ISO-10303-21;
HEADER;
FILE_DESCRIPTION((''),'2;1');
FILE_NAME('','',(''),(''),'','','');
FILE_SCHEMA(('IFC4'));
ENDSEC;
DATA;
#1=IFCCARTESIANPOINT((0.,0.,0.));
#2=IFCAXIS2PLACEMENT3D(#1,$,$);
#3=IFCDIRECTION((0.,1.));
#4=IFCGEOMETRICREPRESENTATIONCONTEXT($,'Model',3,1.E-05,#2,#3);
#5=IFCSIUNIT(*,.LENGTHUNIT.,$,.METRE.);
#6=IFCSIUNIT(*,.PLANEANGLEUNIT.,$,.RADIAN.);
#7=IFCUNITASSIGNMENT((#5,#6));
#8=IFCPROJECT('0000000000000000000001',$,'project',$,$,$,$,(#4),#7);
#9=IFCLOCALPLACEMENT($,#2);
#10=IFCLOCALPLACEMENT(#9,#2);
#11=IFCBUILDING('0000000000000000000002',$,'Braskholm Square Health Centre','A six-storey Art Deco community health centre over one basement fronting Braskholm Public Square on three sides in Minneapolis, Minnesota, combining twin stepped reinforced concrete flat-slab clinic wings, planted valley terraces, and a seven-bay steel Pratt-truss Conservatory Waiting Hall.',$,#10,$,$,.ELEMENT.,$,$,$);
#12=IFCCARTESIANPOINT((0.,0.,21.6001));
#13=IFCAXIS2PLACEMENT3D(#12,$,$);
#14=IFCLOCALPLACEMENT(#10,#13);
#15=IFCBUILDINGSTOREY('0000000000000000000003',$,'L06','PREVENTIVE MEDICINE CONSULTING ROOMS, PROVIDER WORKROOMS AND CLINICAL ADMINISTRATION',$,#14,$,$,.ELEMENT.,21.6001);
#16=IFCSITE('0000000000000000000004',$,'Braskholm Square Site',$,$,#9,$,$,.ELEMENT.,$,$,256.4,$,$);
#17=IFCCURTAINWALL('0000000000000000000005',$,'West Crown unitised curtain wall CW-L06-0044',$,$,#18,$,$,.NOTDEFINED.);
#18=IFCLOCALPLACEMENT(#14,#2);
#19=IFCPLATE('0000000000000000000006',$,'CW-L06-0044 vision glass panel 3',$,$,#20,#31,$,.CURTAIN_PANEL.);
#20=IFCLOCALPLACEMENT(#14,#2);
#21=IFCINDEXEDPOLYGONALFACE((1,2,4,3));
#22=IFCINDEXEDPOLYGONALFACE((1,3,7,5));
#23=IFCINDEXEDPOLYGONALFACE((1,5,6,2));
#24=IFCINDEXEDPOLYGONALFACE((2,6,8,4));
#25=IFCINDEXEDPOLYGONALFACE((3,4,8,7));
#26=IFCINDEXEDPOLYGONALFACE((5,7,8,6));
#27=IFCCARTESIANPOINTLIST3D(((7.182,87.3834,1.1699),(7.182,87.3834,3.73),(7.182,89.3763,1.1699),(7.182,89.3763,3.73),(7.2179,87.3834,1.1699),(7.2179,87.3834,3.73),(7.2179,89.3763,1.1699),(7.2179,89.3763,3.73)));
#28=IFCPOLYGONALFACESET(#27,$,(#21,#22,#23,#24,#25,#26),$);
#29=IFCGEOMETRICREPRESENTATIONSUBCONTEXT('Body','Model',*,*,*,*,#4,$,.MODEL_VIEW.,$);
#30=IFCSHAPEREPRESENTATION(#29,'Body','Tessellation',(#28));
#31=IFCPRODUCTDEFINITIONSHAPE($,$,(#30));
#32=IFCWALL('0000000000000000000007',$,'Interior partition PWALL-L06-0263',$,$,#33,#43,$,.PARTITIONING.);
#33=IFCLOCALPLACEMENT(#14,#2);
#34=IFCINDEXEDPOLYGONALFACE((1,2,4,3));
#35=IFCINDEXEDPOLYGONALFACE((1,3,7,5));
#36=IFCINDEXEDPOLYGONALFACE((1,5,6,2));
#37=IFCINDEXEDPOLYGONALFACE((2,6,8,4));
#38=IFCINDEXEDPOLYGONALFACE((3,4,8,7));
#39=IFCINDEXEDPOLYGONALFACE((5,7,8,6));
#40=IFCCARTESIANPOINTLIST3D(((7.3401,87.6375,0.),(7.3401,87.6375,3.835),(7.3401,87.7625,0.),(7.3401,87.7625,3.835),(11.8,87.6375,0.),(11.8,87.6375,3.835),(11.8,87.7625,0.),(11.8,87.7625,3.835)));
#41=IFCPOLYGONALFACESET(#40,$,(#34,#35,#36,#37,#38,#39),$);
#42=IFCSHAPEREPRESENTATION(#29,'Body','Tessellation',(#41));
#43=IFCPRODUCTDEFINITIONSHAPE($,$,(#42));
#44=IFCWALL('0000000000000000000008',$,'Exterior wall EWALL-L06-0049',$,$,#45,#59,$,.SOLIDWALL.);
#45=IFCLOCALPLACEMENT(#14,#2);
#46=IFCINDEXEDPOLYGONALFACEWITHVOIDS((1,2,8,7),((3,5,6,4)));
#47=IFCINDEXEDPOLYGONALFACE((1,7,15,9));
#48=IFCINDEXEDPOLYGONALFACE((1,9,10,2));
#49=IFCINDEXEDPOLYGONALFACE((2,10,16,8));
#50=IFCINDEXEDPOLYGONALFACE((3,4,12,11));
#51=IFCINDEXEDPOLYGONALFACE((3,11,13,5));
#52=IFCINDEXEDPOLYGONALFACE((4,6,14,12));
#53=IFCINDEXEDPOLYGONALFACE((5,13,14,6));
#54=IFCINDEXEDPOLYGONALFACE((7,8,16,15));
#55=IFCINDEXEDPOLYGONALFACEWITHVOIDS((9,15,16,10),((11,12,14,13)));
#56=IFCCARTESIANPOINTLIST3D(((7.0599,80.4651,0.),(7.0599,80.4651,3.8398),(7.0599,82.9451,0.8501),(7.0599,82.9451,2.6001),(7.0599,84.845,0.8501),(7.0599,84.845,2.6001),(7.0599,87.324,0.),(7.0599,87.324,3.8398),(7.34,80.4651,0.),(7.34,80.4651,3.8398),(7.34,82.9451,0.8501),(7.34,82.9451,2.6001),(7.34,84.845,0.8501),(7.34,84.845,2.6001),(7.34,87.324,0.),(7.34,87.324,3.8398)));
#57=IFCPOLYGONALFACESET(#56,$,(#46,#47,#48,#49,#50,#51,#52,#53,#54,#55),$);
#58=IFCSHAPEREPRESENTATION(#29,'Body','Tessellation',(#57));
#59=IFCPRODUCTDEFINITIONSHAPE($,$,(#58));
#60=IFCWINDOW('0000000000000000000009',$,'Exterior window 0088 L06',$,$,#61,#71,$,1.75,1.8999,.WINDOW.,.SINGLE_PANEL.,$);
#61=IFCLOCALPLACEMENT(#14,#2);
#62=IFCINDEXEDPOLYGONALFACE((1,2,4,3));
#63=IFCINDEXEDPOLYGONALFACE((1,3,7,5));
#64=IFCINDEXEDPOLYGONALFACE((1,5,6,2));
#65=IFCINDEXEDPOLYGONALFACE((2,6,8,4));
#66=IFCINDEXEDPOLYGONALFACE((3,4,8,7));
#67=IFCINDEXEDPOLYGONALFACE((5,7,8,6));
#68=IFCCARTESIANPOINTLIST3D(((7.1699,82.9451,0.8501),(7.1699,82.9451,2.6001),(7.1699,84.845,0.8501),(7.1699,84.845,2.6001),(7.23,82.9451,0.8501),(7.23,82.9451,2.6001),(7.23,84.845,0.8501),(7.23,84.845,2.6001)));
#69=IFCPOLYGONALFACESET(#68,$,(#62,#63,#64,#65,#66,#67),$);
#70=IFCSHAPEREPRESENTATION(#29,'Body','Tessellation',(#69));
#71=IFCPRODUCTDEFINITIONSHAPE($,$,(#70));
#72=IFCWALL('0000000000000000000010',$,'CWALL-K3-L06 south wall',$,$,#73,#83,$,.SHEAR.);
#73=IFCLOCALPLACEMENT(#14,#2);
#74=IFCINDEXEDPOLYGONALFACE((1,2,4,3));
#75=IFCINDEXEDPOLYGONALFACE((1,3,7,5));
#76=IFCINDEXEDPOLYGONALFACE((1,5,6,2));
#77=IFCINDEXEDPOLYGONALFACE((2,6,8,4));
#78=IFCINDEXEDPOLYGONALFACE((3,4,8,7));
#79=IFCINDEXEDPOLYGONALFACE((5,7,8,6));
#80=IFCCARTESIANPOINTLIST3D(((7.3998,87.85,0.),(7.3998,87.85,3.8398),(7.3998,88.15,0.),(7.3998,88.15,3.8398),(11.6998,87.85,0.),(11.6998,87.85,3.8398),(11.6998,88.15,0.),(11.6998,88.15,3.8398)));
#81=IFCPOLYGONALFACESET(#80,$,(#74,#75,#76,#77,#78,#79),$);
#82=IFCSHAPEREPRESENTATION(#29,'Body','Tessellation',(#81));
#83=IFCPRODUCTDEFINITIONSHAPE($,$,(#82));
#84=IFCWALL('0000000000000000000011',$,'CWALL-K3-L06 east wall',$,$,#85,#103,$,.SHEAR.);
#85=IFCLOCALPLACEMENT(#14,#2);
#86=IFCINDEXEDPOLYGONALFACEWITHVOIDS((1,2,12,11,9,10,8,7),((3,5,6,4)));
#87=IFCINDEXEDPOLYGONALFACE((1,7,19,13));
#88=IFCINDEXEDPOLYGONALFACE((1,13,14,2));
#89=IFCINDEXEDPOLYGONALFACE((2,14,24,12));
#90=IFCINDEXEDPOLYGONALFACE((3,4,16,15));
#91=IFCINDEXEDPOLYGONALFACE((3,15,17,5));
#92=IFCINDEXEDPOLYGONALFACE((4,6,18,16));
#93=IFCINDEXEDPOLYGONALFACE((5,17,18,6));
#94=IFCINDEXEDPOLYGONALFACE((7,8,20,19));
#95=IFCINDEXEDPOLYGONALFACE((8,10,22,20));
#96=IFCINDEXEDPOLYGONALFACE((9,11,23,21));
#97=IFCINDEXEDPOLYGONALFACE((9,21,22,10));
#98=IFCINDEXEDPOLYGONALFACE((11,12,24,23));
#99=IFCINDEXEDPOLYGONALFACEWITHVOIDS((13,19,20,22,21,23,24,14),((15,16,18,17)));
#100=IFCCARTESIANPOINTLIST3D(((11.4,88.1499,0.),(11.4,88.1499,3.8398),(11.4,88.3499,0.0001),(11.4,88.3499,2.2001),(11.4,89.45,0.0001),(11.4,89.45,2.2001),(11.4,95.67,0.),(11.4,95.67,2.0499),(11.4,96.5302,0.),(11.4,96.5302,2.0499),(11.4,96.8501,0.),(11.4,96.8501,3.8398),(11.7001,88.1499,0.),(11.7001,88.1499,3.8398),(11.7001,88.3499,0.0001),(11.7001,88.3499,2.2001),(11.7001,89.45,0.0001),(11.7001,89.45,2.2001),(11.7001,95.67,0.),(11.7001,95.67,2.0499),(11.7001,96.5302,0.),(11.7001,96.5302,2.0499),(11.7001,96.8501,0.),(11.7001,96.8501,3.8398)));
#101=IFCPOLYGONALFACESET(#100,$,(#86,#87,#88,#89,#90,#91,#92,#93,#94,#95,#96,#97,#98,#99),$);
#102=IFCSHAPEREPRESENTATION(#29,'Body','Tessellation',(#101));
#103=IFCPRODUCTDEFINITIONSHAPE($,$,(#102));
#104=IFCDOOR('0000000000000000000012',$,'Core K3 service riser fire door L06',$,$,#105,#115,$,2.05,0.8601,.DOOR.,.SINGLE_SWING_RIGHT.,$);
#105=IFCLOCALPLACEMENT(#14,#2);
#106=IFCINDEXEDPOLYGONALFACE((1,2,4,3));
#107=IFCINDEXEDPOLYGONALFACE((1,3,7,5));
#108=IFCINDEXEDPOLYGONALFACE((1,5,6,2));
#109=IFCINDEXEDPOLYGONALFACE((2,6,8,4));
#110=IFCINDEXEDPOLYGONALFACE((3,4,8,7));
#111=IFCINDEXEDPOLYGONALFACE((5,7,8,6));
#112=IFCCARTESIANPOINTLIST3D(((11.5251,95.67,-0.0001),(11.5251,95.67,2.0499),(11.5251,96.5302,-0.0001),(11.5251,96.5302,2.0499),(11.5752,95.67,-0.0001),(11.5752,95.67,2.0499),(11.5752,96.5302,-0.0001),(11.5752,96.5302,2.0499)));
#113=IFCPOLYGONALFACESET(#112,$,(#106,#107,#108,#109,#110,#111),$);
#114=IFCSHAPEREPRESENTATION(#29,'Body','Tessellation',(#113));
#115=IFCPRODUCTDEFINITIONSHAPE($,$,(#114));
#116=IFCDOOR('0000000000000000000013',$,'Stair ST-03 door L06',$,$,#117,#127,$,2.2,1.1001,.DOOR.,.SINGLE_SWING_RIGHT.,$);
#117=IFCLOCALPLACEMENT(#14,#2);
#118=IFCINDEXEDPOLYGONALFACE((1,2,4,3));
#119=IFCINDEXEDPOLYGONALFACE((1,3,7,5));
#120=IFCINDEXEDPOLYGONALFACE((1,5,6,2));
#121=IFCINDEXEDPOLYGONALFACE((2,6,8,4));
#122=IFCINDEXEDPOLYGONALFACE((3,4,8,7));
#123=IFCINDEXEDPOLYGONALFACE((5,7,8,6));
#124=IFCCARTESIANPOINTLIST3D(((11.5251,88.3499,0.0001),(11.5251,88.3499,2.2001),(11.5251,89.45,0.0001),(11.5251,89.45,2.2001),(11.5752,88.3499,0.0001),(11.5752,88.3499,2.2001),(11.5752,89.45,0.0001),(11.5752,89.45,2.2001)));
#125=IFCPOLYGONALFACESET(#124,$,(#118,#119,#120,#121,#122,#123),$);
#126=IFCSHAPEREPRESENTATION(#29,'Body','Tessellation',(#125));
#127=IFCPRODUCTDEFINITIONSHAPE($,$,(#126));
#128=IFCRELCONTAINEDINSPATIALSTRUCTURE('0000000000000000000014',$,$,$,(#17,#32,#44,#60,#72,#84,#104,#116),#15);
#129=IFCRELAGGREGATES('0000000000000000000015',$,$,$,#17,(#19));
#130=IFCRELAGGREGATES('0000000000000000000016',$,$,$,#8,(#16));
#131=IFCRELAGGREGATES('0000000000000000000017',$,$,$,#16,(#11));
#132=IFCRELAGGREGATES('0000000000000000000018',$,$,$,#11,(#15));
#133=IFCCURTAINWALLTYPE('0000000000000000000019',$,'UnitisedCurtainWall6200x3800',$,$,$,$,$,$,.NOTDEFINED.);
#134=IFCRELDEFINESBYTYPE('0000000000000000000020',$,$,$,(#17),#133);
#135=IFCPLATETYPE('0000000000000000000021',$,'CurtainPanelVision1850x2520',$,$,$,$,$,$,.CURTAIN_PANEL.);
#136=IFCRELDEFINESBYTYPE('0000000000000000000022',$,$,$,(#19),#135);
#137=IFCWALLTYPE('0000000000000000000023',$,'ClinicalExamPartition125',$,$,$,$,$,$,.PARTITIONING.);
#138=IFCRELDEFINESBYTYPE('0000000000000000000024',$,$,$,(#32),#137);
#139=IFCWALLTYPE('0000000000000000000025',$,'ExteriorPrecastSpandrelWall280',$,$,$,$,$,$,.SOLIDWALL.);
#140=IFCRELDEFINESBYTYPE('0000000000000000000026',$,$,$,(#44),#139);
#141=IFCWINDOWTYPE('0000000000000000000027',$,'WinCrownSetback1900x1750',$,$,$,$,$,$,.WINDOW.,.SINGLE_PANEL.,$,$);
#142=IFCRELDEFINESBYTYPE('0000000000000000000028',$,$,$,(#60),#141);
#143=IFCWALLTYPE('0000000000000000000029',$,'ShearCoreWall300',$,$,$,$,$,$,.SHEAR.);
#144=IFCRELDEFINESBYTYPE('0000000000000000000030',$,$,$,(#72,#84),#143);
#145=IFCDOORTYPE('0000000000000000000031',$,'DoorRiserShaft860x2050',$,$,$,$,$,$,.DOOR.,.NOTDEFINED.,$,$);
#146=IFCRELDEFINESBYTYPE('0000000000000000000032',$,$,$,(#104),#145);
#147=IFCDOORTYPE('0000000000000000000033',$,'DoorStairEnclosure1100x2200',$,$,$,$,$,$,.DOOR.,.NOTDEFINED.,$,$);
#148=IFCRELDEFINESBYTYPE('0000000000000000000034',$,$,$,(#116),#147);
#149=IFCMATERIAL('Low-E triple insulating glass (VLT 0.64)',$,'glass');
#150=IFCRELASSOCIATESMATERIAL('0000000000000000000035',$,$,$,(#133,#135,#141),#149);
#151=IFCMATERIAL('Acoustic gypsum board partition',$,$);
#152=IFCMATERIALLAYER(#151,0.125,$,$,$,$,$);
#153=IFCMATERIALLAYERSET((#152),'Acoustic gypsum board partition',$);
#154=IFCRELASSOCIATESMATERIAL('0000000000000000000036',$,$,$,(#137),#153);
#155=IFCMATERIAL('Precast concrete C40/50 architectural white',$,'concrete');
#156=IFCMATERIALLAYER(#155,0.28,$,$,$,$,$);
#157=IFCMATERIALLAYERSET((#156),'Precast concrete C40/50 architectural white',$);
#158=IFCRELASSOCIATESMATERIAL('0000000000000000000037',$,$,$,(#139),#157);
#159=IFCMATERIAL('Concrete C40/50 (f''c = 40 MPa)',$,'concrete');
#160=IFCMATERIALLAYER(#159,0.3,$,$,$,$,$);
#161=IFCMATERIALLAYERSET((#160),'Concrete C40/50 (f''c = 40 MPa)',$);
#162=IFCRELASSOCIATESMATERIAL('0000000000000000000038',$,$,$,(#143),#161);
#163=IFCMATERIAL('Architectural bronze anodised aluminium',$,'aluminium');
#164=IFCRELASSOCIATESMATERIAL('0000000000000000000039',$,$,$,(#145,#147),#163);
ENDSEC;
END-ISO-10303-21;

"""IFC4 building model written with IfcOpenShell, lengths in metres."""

from ifc_helpers import new_model, si_unit, direction, frame, frame_2d, origin, origin_with_axes, origin_2d, place, context, subcontext, project, spatial, rectangle, extrude, material, layer, layer_set, type_object, element, fill, aggregate, save


model = new_model("IFC4")

# Units and contexts
model_context = context("Model", 3, precision=1e-05, world=origin(), true_north=direction((0.0, 1.0)))
body_context = subcontext(model_context, "Body", "Model", "MODEL_VIEW")
ifc_project = project(units=[si_unit("LENGTHUNIT", "METRE"), si_unit("PLANEANGLEUNIT", "RADIAN")], contexts=[model_context])

# Site, building, storey
site_placement = place(None, origin())
site = spatial("IfcSite", under=ifc_project, at=site_placement, Name="Braskholm Square Site", CompositionType="ELEMENT", RefElevation=256.4)
building_placement = place(site_placement, origin())
building = spatial("IfcBuilding", under=site, at=building_placement, Name="Braskholm Square Health Centre", Description="A six-storey Art Deco community health centre over one basement fronting Braskholm Public Square on three sides in Minneapolis, Minnesota, combining twin stepped reinforced concrete flat-slab clinic wings, planted valley terraces, and a seven-bay steel Pratt-truss Conservatory Waiting Hall.", CompositionType="ELEMENT")
storey_placement = place(building_placement, frame((0.0, 0.0, 21.6001)))
storey = spatial("IfcBuildingStorey", under=building, at=storey_placement, Name="L06", Description="PREVENTIVE MEDICINE CONSULTING ROOMS, PROVIDER WORKROOMS AND CLINICAL ADMINISTRATION", CompositionType="ELEMENT", Elevation=21.6001)

# Shared definitions
ifc_material_1 = material(Name="Concrete C40/50 (f'c = 40 MPa)", Category="concrete")

# Curtain wall
ifc_material_2 = material(Name="Low-E triple insulating glass (VLT 0.64)", Category="glass")
curtain_wall_type = type_object("IfcCurtainWallType", Name="UnitisedCurtainWall6200x3800", PredefinedType="NOTDEFINED", material=ifc_material_2)
curtain_wall_placement = place(storey_placement, origin())
curtain_wall = element("IfcCurtainWall", 1, at=curtain_wall_placement, inside=storey, type_object=curtain_wall_type, Name="West Crown unitised curtain wall CW-L06-0044", PredefinedType="NOTDEFINED")
ifc_material_3 = material(Name="Architectural bronze anodised aluminium", Category="aluminium")

# Shared definitions
ifc_material_4 = material(Name="Precast concrete C40/50 architectural white", Category="concrete")

# Plate
plate_type_1 = type_object("IfcPlateType", Name="CurtainPanelVision1850x2520", PredefinedType="CURTAIN_PANEL", material=ifc_material_2)
plate_1_placement = place(storey_placement, frame((7.2, 88.3799, 1.1699), z_axis=(0.0, 0.0, 1.0), x_axis=(0.0, -1.0, 0.0)))
plate_1 = element("IfcPlate", 2, at=plate_1_placement, type_object=plate_type_1, Name="CW-L06-0044 vision glass panel 3", PredefinedType="CURTAIN_PANEL", context=body_context, shape_type="SweptSolid", body=[
    extrude(rectangle(XDim=1.9929, YDim=0.0359, at=origin_2d()), origin(), (0.0, 0.0, 1.0), 2.5601),
])
aggregate(curtain_wall, [plate_1])

# Wall
ifc_material_5 = material(Name="Acoustic gypsum board partition")
ifc_layer_1 = layer(ifc_material_5, 0.125)
ifc_layer_set_1 = layer_set([ifc_layer_1], Name="Acoustic gypsum board partition")
wall_type_1 = type_object("IfcWallType", Name="ClinicalExamPartition125", PredefinedType="PARTITIONING", material=ifc_layer_set_1)
wall_1_placement = place(storey_placement, frame((7.3401, 87.7, 0.0), z_axis=(0.0, 0.0, 1.0), x_axis=(1.0, 0.0, 0.0)))
element("IfcWall", 3, at=wall_1_placement, inside=storey, type_object=wall_type_1, Name="Interior partition PWALL-L06-0263", PredefinedType="PARTITIONING", context=body_context, shape_type="SweptSolid", body=[
    extrude(rectangle(XDim=4.46, YDim=0.125, at=frame_2d((2.23, 0.0))), origin(), (0.0, 0.0, 1.0), 3.835),
])

# Wall, opening, window
ifc_layer_2 = layer(ifc_material_4, 0.28)
ifc_layer_set_2 = layer_set([ifc_layer_2], Name="Precast concrete C40/50 architectural white")
wall_type_2 = type_object("IfcWallType", Name="ExteriorPrecastSpandrelWall280", PredefinedType="SOLIDWALL", material=ifc_layer_set_2)
wall_2_placement = place(storey_placement, frame((7.2, 87.324, 0.0), z_axis=(0.0, 0.0, 1.0), x_axis=(0.0, -1.0, 0.0)))
wall_2 = element("IfcWall", 4, at=wall_2_placement, inside=storey, type_object=wall_type_2, Name="Exterior wall EWALL-L06-0049", PredefinedType="SOLIDWALL", context=body_context, shape_type="SweptSolid", body=[
    extrude(rectangle(XDim=6.8589, YDim=0.28, at=frame_2d((3.4294, 0.0))), origin(), (0.0, 0.0, 1.0), 3.8398),
])
opening_1_placement = place(wall_2_placement, frame((2.479, 0.0, 0.8501)))
opening_1 = element("IfcOpeningElement", 5, at=opening_1_placement, cuts=wall_2, PredefinedType="OPENING", context=body_context, shape_type="SweptSolid", body=[
    extrude(rectangle(XDim=1.8999, YDim=1.75, at=frame_2d((0.95, 0.875))), frame((0.0, 0.1499, 0.0), z_axis=(0.0, -1.0, 0.0), x_axis=(1.0, 0.0, 0.0)), (0.0, 0.0, 1.0), 0.3),
])
window_type = type_object("IfcWindowType", Name="WinCrownSetback1900x1750", PartitioningType="SINGLE_PANEL", PredefinedType="WINDOW", material=ifc_material_2)
window_placement = place(opening_1_placement, origin_with_axes())
window = element("IfcWindow", 6, at=window_placement, inside=storey, type_object=window_type, Name="Exterior window 0088 L06", OverallHeight=1.75, OverallWidth=1.8999, PartitioningType="SINGLE_PANEL", PredefinedType="WINDOW", context=body_context, shape_type="SweptSolid", body=[
    extrude(rectangle(XDim=1.8999, YDim=1.75, at=frame_2d((0.95, 0.875))), frame((0.0, 0.03, 0.0), z_axis=(0.0, -1.0, 0.0), x_axis=(1.0, 0.0, 0.0)), (0.0, 0.0, 1.0), 0.0601),
])
fill(opening_1, window)

# Wall
ifc_layer_3 = layer(ifc_material_1, 0.3)
ifc_layer_set_3 = layer_set([ifc_layer_3], Name="Concrete C40/50 (f'c = 40 MPa)")
wall_type_3 = type_object("IfcWallType", Name="ShearCoreWall300", PredefinedType="SHEAR", material=ifc_layer_set_3)
wall_3_placement = place(storey_placement, frame((7.3999, 88.0, 0.0), z_axis=(0.0, 0.0, 1.0), x_axis=(1.0, 0.0, 0.0)))
element("IfcWall", 7, at=wall_3_placement, inside=storey, type_object=wall_type_3, Name="CWALL-K3-L06 south wall", PredefinedType="SHEAR", context=body_context, shape_type="SweptSolid", body=[
    extrude(rectangle(XDim=4.3, YDim=0.3, at=frame_2d((2.1499, 0.0))), origin(), (0.0, 0.0, 1.0), 3.8398),
])

# Wall, openings, doors
wall_4_placement = place(storey_placement, frame((11.55, 88.1499, 0.0), z_axis=(0.0, 0.0, 1.0), x_axis=(0.0, 1.0, 0.0)))
wall_4 = element("IfcWall", 8, at=wall_4_placement, inside=storey, type_object=wall_type_3, Name="CWALL-K3-L06 east wall", PredefinedType="SHEAR", context=body_context, shape_type="SweptSolid", body=[
    extrude(rectangle(XDim=8.7002, YDim=0.3, at=frame_2d((4.3501, 0.0))), origin(), (0.0, 0.0, 1.0), 3.8398),
])
opening_2_placement = place(wall_4_placement, frame((0.2, 0.0, 0.0)))
opening_2 = element("IfcOpeningElement", 9, at=opening_2_placement, cuts=wall_4, PredefinedType="OPENING", context=body_context, shape_type="SweptSolid", body=[
    extrude(rectangle(XDim=1.1001, YDim=2.2, at=frame_2d((0.55, 1.1001))), frame((0.0, 0.1602, 0.0), z_axis=(0.0, -1.0, 0.0), x_axis=(1.0, 0.0, 0.0)), (0.0, 0.0, 1.0), 0.3201),
])
opening_3_placement = place(wall_4_placement, frame((7.52, 0.0, 0.0)))
opening_3 = element("IfcOpeningElement", 10, at=opening_3_placement, cuts=wall_4, PredefinedType="OPENING", context=body_context, shape_type="SweptSolid", body=[
    extrude(rectangle(XDim=0.8601, YDim=2.05, at=frame_2d((0.4302, 1.0249))), frame((0.0, 0.1602, 0.0), z_axis=(0.0, -1.0, 0.0), x_axis=(1.0, 0.0, 0.0)), (0.0, 0.0, 1.0), 0.3201),
])
door_type_1 = type_object("IfcDoorType", Name="DoorRiserShaft860x2050", OperationType="NOTDEFINED", PredefinedType="DOOR", material=ifc_material_3)
door_1_placement = place(opening_3_placement, origin_with_axes())
door_1 = element("IfcDoor", 11, at=door_1_placement, inside=storey, type_object=door_type_1, Name="Core K3 service riser fire door L06", OperationType="SINGLE_SWING_RIGHT", OverallHeight=2.05, OverallWidth=0.8601, PredefinedType="DOOR", context=body_context, shape_type="SweptSolid", body=[
    extrude(rectangle(XDim=0.8601, YDim=2.05, at=frame_2d((0.4302, 1.0249))), frame((0.0, 0.0249, 0.0), z_axis=(0.0, -1.0, 0.0), x_axis=(1.0, 0.0, 0.0)), (0.0, 0.0, 1.0), 0.05),
])
fill(opening_3, door_1)
door_type_2 = type_object("IfcDoorType", Name="DoorStairEnclosure1100x2200", OperationType="NOTDEFINED", PredefinedType="DOOR", material=ifc_material_3)
door_2_placement = place(opening_2_placement, origin_with_axes())
door_2 = element("IfcDoor", 12, at=door_2_placement, inside=storey, type_object=door_type_2, Name="Stair ST-03 door L06", OperationType="SINGLE_SWING_RIGHT", OverallHeight=2.2, OverallWidth=1.1001, PredefinedType="DOOR", context=body_context, shape_type="SweptSolid", body=[
    extrude(rectangle(XDim=1.1001, YDim=2.2, at=frame_2d((0.55, 1.1001))), frame((0.0, 0.0249, 0.0), z_axis=(0.0, -1.0, 0.0), x_axis=(1.0, 0.0, 0.0)), (0.0, 0.0, 1.0), 0.05),
])
fill(opening_2, door_2)

save(model, "model.ifc")
